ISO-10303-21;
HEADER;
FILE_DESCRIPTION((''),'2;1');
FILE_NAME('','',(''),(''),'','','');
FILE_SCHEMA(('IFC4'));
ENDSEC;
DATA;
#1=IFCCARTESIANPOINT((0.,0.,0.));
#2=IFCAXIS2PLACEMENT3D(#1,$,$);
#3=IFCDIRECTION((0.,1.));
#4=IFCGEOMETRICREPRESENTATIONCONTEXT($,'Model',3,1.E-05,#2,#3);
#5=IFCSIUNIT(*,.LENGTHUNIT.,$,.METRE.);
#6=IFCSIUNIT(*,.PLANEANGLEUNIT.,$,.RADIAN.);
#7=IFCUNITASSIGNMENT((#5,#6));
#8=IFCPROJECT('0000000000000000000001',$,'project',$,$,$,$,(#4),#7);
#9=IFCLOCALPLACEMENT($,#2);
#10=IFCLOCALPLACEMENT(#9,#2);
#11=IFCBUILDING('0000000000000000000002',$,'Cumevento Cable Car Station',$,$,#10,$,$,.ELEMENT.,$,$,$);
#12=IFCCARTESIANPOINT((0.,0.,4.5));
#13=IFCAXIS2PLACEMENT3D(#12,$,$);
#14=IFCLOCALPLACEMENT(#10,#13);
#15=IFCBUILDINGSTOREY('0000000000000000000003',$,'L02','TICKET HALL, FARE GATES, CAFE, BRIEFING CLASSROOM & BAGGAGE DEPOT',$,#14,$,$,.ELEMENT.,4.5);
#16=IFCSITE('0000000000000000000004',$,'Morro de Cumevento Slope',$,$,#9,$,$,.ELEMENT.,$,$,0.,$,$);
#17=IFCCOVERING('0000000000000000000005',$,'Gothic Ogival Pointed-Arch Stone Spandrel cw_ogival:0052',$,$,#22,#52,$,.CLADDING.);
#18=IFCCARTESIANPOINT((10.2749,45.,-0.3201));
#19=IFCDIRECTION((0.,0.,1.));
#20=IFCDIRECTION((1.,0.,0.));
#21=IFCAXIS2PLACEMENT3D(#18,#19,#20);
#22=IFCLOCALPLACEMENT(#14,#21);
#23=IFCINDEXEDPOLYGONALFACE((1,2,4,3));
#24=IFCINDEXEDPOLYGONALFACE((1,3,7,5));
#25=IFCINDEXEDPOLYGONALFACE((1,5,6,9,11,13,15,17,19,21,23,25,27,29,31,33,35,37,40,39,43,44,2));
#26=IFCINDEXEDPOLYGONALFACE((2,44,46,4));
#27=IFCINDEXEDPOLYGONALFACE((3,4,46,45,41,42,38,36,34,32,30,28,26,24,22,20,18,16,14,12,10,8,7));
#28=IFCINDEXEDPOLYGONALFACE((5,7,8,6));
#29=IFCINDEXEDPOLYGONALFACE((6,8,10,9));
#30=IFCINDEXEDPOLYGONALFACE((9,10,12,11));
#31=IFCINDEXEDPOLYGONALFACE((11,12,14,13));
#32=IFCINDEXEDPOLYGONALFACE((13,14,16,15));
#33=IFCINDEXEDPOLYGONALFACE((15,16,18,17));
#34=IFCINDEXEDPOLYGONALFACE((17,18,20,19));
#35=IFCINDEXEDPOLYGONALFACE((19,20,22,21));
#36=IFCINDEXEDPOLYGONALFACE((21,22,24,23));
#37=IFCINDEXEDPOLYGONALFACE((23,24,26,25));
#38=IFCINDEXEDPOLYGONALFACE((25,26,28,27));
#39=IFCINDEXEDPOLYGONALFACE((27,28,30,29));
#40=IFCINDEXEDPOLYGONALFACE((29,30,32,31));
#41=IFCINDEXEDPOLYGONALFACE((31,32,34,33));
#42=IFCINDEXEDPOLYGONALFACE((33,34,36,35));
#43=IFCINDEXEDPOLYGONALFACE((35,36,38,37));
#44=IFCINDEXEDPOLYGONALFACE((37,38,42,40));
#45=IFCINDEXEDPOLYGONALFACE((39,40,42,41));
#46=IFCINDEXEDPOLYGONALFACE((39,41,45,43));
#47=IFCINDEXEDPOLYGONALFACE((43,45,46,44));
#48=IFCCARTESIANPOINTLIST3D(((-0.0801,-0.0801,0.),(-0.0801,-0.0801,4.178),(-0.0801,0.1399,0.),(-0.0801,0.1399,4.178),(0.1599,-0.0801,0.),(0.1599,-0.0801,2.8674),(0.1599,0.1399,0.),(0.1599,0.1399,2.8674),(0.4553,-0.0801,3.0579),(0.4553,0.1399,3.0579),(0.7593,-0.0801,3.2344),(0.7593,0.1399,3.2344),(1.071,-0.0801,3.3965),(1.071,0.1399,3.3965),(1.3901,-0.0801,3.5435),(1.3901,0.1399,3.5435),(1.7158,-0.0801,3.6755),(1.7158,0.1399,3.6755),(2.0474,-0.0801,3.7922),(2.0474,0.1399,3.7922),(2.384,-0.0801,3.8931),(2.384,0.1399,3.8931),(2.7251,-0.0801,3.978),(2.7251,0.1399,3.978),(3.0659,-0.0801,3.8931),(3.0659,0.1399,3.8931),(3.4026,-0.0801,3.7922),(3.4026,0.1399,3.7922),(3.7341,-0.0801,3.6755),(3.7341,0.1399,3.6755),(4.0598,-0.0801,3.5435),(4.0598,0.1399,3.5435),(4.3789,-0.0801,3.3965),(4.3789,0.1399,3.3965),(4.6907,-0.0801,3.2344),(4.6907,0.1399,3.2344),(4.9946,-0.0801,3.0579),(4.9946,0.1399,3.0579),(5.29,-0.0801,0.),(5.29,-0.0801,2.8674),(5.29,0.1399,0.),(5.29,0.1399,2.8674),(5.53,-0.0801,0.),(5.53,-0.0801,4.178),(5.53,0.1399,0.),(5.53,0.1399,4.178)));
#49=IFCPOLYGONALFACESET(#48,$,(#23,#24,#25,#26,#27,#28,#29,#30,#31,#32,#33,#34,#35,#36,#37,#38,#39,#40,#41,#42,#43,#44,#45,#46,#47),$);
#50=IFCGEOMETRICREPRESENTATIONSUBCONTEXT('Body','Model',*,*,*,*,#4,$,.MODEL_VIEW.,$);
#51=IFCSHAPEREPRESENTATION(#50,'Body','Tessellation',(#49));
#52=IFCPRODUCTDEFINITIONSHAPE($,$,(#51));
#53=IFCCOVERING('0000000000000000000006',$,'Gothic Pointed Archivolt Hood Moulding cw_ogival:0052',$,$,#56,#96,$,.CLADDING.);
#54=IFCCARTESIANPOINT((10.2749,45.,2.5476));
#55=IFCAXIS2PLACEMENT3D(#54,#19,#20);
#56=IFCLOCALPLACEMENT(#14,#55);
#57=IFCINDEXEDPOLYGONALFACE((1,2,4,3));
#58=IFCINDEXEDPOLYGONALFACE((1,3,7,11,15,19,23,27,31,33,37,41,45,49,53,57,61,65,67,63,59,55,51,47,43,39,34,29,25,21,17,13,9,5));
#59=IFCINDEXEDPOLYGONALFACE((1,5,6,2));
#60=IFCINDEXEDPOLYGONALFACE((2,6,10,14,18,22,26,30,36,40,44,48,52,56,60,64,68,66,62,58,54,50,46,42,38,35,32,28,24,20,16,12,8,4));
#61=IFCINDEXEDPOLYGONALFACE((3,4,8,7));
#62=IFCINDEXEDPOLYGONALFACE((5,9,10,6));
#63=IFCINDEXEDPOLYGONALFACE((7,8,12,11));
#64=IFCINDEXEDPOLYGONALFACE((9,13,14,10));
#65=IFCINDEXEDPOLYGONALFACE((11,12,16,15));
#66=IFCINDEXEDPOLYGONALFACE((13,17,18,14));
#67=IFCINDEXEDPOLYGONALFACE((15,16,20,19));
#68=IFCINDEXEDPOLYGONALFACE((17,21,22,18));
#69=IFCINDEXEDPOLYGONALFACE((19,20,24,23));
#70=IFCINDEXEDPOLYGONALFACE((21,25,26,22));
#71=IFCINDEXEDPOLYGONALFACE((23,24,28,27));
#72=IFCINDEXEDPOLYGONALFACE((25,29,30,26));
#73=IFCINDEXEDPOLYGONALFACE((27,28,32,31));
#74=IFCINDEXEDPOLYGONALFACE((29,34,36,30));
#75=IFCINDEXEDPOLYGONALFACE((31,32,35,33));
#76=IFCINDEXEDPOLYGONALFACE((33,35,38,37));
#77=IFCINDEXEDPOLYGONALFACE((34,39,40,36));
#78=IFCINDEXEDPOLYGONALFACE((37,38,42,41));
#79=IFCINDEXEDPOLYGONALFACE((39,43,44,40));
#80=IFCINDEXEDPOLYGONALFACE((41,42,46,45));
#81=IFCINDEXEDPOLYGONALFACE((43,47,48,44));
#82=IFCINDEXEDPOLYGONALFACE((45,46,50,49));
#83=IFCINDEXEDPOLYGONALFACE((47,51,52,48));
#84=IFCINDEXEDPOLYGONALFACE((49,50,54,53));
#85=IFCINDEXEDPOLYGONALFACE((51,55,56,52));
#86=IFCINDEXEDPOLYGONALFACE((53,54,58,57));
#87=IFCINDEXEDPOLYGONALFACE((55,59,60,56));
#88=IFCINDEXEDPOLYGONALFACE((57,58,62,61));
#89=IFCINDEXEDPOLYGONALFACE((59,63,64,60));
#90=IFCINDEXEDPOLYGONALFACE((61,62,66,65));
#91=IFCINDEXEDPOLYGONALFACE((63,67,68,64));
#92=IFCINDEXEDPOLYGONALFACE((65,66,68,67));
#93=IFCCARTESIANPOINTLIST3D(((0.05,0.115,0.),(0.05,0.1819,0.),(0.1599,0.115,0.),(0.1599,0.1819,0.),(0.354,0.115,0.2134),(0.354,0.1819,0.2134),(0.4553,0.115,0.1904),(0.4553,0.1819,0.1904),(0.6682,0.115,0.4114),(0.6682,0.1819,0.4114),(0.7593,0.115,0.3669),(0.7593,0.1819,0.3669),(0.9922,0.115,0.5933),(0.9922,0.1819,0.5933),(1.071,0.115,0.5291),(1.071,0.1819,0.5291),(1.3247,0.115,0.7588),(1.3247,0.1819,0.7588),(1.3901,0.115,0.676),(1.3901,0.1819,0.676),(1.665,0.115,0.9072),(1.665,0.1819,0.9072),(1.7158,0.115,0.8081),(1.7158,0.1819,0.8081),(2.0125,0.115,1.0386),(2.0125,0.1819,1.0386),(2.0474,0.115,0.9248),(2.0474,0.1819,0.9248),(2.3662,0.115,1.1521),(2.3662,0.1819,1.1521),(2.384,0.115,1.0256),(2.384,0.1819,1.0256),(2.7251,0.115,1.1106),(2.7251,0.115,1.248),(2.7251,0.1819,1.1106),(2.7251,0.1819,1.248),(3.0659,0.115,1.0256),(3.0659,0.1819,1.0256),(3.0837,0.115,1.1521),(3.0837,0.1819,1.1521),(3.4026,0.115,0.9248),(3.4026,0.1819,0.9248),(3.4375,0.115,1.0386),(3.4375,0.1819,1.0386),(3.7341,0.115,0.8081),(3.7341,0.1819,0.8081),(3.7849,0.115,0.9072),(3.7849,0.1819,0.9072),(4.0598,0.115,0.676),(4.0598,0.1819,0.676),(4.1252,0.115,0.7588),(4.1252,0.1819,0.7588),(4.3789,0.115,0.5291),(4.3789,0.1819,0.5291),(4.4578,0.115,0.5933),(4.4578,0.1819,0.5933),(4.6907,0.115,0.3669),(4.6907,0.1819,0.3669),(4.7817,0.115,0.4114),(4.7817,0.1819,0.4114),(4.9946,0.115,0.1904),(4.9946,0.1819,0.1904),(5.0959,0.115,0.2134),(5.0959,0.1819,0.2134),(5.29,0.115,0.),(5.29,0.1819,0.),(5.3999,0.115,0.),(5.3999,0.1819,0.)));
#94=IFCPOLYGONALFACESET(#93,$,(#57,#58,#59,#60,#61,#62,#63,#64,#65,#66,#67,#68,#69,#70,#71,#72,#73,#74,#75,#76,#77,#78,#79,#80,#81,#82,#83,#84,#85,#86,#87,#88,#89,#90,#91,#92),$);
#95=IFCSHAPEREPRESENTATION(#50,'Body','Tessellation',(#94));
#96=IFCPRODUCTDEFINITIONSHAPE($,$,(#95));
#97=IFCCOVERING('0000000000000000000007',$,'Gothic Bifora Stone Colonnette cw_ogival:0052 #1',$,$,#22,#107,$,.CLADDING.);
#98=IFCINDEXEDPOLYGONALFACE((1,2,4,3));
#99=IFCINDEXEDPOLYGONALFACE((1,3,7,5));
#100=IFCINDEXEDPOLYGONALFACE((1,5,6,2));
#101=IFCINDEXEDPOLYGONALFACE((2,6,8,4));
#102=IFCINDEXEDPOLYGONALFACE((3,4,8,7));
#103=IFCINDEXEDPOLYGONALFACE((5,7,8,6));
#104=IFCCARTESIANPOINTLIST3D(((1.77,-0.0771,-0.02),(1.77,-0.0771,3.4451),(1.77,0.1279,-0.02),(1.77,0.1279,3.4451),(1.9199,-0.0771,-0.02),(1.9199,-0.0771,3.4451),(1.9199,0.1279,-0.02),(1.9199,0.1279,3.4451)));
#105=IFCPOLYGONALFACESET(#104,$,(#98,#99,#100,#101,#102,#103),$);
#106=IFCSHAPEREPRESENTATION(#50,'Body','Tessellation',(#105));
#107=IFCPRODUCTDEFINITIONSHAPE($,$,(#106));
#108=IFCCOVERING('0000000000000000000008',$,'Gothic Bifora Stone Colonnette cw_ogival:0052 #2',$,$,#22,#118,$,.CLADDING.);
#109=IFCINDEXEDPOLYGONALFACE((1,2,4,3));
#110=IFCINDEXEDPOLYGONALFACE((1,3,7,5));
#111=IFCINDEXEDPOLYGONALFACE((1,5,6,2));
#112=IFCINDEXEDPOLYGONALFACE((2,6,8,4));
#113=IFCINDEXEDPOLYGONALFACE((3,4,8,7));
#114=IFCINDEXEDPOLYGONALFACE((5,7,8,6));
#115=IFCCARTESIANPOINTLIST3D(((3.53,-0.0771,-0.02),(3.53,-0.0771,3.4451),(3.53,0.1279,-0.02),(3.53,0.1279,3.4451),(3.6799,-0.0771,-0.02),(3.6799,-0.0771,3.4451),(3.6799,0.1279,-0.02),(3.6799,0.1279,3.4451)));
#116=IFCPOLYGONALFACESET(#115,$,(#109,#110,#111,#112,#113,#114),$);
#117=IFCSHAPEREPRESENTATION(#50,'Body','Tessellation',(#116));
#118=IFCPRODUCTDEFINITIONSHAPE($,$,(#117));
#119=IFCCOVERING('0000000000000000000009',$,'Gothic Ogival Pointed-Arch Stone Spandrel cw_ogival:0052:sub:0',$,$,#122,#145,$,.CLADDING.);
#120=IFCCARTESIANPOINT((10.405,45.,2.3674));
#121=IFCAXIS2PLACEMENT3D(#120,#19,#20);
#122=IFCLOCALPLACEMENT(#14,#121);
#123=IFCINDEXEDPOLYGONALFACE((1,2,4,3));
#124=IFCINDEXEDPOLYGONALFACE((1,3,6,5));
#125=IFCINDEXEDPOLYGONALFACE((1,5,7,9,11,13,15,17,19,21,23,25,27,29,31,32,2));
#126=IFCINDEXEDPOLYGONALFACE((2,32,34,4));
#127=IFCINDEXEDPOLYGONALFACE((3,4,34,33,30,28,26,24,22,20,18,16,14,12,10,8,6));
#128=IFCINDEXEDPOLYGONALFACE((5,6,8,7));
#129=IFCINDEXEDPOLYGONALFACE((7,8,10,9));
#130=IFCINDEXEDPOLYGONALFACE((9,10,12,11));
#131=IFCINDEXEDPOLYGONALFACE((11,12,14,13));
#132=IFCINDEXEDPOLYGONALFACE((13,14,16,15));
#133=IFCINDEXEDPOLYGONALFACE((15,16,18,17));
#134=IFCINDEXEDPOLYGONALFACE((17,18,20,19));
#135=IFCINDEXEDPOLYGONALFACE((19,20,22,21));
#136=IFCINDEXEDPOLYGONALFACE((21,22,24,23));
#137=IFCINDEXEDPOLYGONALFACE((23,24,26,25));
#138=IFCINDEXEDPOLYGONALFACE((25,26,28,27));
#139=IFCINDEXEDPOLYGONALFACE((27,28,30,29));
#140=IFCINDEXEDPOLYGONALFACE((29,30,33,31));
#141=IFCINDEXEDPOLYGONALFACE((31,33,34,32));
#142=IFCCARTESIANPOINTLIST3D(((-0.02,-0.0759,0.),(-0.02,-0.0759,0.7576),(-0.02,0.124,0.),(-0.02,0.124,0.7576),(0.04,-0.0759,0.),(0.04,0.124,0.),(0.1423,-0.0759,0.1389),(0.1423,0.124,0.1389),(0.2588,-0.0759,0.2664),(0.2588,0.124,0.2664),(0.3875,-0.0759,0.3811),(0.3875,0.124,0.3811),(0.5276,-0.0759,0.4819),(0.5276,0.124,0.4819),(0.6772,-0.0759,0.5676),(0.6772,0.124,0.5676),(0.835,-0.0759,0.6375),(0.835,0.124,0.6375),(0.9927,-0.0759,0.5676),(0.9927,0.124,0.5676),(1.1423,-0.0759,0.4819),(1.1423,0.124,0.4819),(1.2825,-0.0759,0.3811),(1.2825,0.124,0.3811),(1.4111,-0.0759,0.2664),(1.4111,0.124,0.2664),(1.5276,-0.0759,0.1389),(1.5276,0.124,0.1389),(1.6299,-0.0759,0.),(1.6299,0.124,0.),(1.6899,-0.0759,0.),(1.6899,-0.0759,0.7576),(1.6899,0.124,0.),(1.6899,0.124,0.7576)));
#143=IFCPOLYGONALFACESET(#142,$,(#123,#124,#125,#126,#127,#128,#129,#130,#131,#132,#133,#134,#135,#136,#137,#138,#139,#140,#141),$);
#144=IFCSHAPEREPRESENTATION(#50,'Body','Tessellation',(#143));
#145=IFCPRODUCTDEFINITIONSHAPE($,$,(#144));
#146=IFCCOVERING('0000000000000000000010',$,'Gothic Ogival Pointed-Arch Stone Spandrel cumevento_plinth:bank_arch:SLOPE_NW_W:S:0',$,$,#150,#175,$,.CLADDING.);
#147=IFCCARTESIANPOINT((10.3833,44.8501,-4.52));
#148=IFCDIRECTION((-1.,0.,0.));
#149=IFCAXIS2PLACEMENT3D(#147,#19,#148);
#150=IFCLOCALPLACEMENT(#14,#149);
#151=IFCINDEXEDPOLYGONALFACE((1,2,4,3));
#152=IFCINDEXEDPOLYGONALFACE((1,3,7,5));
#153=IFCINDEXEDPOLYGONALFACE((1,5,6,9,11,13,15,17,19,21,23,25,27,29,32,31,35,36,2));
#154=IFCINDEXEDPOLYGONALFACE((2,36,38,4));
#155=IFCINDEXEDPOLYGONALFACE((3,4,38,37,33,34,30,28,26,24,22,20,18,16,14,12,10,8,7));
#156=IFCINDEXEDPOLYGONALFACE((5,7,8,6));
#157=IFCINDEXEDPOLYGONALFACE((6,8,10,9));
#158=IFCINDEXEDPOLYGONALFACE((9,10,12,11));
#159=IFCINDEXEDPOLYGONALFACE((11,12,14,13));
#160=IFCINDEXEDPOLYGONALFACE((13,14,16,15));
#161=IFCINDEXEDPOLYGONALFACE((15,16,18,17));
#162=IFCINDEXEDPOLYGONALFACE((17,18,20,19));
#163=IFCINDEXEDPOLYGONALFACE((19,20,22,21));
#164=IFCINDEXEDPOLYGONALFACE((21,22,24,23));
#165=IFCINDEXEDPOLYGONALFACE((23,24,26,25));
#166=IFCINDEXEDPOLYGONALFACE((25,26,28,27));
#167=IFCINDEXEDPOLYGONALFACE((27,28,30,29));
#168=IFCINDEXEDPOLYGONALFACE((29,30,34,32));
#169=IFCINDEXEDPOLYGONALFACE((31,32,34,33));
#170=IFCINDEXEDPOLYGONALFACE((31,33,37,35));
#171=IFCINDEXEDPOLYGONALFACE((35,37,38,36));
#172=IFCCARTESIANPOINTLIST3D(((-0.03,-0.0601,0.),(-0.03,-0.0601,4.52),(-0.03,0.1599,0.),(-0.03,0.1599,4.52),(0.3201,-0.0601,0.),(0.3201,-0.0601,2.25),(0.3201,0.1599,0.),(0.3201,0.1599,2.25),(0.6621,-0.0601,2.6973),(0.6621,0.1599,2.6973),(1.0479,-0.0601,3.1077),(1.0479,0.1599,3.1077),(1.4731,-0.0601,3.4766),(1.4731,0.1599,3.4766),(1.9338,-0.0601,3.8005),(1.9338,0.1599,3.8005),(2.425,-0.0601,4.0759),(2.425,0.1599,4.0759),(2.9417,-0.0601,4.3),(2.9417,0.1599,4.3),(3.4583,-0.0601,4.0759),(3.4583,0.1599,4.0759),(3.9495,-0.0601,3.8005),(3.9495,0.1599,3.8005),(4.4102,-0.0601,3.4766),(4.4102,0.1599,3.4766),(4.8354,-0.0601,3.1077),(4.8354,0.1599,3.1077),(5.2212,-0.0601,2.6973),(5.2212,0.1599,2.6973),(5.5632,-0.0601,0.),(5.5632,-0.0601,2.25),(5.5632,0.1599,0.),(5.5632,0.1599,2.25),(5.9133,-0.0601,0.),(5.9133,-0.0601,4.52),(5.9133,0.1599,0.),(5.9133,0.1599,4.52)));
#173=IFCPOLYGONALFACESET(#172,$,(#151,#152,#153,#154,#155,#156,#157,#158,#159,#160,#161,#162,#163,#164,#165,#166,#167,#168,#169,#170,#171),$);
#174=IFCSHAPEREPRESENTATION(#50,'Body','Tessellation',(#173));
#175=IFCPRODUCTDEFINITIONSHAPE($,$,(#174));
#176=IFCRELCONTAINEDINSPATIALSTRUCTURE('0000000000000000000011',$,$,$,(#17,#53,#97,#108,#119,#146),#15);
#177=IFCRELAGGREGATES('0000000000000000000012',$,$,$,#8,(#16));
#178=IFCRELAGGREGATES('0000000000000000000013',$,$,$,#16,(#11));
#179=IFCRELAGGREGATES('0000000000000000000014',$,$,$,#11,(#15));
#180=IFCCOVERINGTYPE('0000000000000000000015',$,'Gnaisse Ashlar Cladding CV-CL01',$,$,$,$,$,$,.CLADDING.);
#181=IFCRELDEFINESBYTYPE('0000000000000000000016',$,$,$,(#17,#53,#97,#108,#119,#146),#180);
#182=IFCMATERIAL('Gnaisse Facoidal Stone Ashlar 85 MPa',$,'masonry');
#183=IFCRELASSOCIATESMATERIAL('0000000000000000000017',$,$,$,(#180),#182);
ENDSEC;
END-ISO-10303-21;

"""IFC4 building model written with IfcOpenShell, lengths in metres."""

from ifc_helpers import new_model, si_unit, direction, frame, origin, place, context, subcontext, project, spatial, polyline, outline, extrude, material, type_object, element, save


model = new_model("IFC4")

# Units and contexts
model_context = context("Model", 3, precision=1e-05, world=origin(), true_north=direction((0.0, 1.0)))
body_context = subcontext(model_context, "Body", "Model", "MODEL_VIEW")
ifc_project = project(units=[si_unit("LENGTHUNIT", "METRE"), si_unit("PLANEANGLEUNIT", "RADIAN")], contexts=[model_context])

# Site, building, storey
site_placement = place(None, origin())
site = spatial("IfcSite", under=ifc_project, at=site_placement, Name="Morro de Cumevento Slope", CompositionType="ELEMENT", RefElevation=0.0)
building_placement = place(site_placement, origin())
building = spatial("IfcBuilding", under=site, at=building_placement, Name="Cumevento Cable Car Station", CompositionType="ELEMENT")
storey_placement = place(building_placement, frame((0.0, 0.0, 4.5)))
storey = spatial("IfcBuildingStorey", under=building, at=storey_placement, Name="L02", Description="TICKET HALL, FARE GATES, CAFE, BRIEFING CLASSROOM & BAGGAGE DEPOT", CompositionType="ELEMENT", Elevation=4.5)

# Coverings
ifc_material_1 = material(Name="Gnaisse Facoidal Stone Ashlar 85 MPa", Category="masonry")
covering_type = type_object("IfcCoveringType", Name="Gnaisse Ashlar Cladding CV-CL01", PredefinedType="CLADDING", material=ifc_material_1)
placement = place(storey_placement, frame((10.2749, 45.0, -0.3201), z_axis=(0.0, 0.0, 1.0), x_axis=(1.0, 0.0, 0.0)))
element("IfcCovering", 1, at=placement, inside=storey, type_object=covering_type, Name="Gothic Ogival Pointed-Arch Stone Spandrel cw_ogival:0052", PredefinedType="CLADDING", context=body_context, shape_type="SweptSolid", body=[
    extrude(outline(polyline([(-0.0801, 0.0), (-0.0801, 4.178), (5.53, 4.178), (5.53, 0.0), (5.29, 0.0), (5.29, 2.8674), (4.9946, 3.0579), (4.6907, 3.2344), (4.3789, 3.3965), (4.0598, 3.5435), (3.7341, 3.6755), (3.4026, 3.7922), (3.0659, 3.8931), (2.7251, 3.978), (2.384, 3.8931), (2.0474, 3.7922), (1.7158, 3.6755), (1.3901, 3.5435), (1.071, 3.3965), (0.7593, 3.2344), (0.4553, 3.0579), (0.1599, 2.8674), (0.1599, 0.0), (-0.0801, 0.0)])), frame((0.0, 0.1399, 0.0), z_axis=(0.0, -1.0, 0.0), x_axis=(1.0, 0.0, 0.0)), (0.0, 0.0, 1.0), 0.22),
])
covering_1_placement = place(storey_placement, frame((10.2749, 45.0, 2.5476), z_axis=(0.0, 0.0, 1.0), x_axis=(1.0, 0.0, 0.0)))
element("IfcCovering", 2, at=covering_1_placement, inside=storey, type_object=covering_type, Name="Gothic Pointed Archivolt Hood Moulding cw_ogival:0052", PredefinedType="CLADDING", context=body_context, shape_type="SweptSolid", body=[
    extrude(outline(polyline([(0.1599, 0.0), (0.4553, 0.1904), (0.7593, 0.3669), (1.071, 0.5291), (1.3901, 0.676), (1.7158, 0.8081), (2.0474, 0.9248), (2.384, 1.0256), (2.7251, 1.1106), (3.0659, 1.0256), (3.4026, 0.9248), (3.7341, 0.8081), (4.0598, 0.676), (4.3789, 0.5291), (4.6907, 0.3669), (4.9946, 0.1904), (5.29, 0.0), (5.3999, 0.0), (5.0959, 0.2134), (4.7817, 0.4114), (4.4578, 0.5933), (4.1252, 0.7588), (3.7849, 0.9072), (3.4375, 1.0386), (3.0837, 1.1521), (2.7251, 1.248), (2.3662, 1.1521), (2.0125, 1.0386), (1.665, 0.9072), (1.3247, 0.7588), (0.9922, 0.5933), (0.6682, 0.4114), (0.354, 0.2134), (0.05, 0.0), (0.1599, 0.0)])), frame((0.0, 0.1819, 0.0), z_axis=(0.0, -1.0, 0.0), x_axis=(1.0, 0.0, 0.0)), (0.0, 0.0, 1.0), 0.0669),
])
element("IfcCovering", 3, at=placement, inside=storey, type_object=covering_type, Name="Gothic Bifora Stone Colonnette cw_ogival:0052 #1", PredefinedType="CLADDING", context=body_context, shape_type="SweptSolid", body=[
    extrude(outline(polyline([(1.77, -0.02), (1.9199, -0.02), (1.9199, 3.4451), (1.77, 3.4451), (1.77, -0.02)])), frame((0.0, 0.1279, 0.0), z_axis=(0.0, -1.0, 0.0), x_axis=(1.0, 0.0, 0.0)), (0.0, 0.0, 1.0), 0.2051),
])
element("IfcCovering", 4, at=placement, inside=storey, type_object=covering_type, Name="Gothic Bifora Stone Colonnette cw_ogival:0052 #2", PredefinedType="CLADDING", context=body_context, shape_type="SweptSolid", body=[
    extrude(outline(polyline([(3.53, -0.02), (3.6799, -0.02), (3.6799, 3.4451), (3.53, 3.4451), (3.53, -0.02)])), frame((0.0, 0.1279, 0.0), z_axis=(0.0, -1.0, 0.0), x_axis=(1.0, 0.0, 0.0)), (0.0, 0.0, 1.0), 0.2051),
])
covering_2_placement = place(storey_placement, frame((10.405, 45.0, 2.3674), z_axis=(0.0, 0.0, 1.0), x_axis=(1.0, 0.0, 0.0)))
element("IfcCovering", 5, at=covering_2_placement, inside=storey, type_object=covering_type, Name="Gothic Ogival Pointed-Arch Stone Spandrel cw_ogival:0052:sub:0", PredefinedType="CLADDING", context=body_context, shape_type="SweptSolid", body=[
    extrude(outline(polyline([(-0.02, 0.0), (-0.02, 0.7576), (1.6899, 0.7576), (1.6899, 0.0), (1.6299, 0.0), (1.5276, 0.1389), (1.4111, 0.2664), (1.2825, 0.3811), (1.1423, 0.4819), (0.9927, 0.5676), (0.835, 0.6375), (0.6772, 0.5676), (0.5276, 0.4819), (0.3875, 0.3811), (0.2588, 0.2664), (0.1423, 0.1389), (0.04, 0.0), (-0.02, 0.0)])), frame((0.0, 0.124, 0.0), z_axis=(0.0, -1.0, 0.0), x_axis=(1.0, 0.0, 0.0)), (0.0, 0.0, 1.0), 0.2),
])
covering_3_placement = place(storey_placement, frame((10.3833, 44.8501, -4.52), z_axis=(0.0, 0.0, 1.0), x_axis=(-1.0, 0.0, 0.0)))
element("IfcCovering", 6, at=covering_3_placement, inside=storey, type_object=covering_type, Name="Gothic Ogival Pointed-Arch Stone Spandrel cumevento_plinth:bank_arch:SLOPE_NW_W:S:0", PredefinedType="CLADDING", context=body_context, shape_type="SweptSolid", body=[
    extrude(outline(polyline([(-0.03, 0.0), (-0.03, 4.52), (5.9133, 4.52), (5.9133, 0.0), (5.5632, 0.0), (5.5632, 2.25), (5.2212, 2.6973), (4.8354, 3.1077), (4.4102, 3.4766), (3.9495, 3.8005), (3.4583, 4.0759), (2.9417, 4.3), (2.425, 4.0759), (1.9338, 3.8005), (1.4731, 3.4766), (1.0479, 3.1077), (0.6621, 2.6973), (0.3201, 2.25), (0.3201, 0.0), (-0.03, 0.0)])), frame((0.0, 0.1599, 0.0), z_axis=(0.0, -1.0, 0.0), x_axis=(1.0, 0.0, 0.0)), (0.0, 0.0, 1.0), 0.22),
])

save(model, "model.ifc")
